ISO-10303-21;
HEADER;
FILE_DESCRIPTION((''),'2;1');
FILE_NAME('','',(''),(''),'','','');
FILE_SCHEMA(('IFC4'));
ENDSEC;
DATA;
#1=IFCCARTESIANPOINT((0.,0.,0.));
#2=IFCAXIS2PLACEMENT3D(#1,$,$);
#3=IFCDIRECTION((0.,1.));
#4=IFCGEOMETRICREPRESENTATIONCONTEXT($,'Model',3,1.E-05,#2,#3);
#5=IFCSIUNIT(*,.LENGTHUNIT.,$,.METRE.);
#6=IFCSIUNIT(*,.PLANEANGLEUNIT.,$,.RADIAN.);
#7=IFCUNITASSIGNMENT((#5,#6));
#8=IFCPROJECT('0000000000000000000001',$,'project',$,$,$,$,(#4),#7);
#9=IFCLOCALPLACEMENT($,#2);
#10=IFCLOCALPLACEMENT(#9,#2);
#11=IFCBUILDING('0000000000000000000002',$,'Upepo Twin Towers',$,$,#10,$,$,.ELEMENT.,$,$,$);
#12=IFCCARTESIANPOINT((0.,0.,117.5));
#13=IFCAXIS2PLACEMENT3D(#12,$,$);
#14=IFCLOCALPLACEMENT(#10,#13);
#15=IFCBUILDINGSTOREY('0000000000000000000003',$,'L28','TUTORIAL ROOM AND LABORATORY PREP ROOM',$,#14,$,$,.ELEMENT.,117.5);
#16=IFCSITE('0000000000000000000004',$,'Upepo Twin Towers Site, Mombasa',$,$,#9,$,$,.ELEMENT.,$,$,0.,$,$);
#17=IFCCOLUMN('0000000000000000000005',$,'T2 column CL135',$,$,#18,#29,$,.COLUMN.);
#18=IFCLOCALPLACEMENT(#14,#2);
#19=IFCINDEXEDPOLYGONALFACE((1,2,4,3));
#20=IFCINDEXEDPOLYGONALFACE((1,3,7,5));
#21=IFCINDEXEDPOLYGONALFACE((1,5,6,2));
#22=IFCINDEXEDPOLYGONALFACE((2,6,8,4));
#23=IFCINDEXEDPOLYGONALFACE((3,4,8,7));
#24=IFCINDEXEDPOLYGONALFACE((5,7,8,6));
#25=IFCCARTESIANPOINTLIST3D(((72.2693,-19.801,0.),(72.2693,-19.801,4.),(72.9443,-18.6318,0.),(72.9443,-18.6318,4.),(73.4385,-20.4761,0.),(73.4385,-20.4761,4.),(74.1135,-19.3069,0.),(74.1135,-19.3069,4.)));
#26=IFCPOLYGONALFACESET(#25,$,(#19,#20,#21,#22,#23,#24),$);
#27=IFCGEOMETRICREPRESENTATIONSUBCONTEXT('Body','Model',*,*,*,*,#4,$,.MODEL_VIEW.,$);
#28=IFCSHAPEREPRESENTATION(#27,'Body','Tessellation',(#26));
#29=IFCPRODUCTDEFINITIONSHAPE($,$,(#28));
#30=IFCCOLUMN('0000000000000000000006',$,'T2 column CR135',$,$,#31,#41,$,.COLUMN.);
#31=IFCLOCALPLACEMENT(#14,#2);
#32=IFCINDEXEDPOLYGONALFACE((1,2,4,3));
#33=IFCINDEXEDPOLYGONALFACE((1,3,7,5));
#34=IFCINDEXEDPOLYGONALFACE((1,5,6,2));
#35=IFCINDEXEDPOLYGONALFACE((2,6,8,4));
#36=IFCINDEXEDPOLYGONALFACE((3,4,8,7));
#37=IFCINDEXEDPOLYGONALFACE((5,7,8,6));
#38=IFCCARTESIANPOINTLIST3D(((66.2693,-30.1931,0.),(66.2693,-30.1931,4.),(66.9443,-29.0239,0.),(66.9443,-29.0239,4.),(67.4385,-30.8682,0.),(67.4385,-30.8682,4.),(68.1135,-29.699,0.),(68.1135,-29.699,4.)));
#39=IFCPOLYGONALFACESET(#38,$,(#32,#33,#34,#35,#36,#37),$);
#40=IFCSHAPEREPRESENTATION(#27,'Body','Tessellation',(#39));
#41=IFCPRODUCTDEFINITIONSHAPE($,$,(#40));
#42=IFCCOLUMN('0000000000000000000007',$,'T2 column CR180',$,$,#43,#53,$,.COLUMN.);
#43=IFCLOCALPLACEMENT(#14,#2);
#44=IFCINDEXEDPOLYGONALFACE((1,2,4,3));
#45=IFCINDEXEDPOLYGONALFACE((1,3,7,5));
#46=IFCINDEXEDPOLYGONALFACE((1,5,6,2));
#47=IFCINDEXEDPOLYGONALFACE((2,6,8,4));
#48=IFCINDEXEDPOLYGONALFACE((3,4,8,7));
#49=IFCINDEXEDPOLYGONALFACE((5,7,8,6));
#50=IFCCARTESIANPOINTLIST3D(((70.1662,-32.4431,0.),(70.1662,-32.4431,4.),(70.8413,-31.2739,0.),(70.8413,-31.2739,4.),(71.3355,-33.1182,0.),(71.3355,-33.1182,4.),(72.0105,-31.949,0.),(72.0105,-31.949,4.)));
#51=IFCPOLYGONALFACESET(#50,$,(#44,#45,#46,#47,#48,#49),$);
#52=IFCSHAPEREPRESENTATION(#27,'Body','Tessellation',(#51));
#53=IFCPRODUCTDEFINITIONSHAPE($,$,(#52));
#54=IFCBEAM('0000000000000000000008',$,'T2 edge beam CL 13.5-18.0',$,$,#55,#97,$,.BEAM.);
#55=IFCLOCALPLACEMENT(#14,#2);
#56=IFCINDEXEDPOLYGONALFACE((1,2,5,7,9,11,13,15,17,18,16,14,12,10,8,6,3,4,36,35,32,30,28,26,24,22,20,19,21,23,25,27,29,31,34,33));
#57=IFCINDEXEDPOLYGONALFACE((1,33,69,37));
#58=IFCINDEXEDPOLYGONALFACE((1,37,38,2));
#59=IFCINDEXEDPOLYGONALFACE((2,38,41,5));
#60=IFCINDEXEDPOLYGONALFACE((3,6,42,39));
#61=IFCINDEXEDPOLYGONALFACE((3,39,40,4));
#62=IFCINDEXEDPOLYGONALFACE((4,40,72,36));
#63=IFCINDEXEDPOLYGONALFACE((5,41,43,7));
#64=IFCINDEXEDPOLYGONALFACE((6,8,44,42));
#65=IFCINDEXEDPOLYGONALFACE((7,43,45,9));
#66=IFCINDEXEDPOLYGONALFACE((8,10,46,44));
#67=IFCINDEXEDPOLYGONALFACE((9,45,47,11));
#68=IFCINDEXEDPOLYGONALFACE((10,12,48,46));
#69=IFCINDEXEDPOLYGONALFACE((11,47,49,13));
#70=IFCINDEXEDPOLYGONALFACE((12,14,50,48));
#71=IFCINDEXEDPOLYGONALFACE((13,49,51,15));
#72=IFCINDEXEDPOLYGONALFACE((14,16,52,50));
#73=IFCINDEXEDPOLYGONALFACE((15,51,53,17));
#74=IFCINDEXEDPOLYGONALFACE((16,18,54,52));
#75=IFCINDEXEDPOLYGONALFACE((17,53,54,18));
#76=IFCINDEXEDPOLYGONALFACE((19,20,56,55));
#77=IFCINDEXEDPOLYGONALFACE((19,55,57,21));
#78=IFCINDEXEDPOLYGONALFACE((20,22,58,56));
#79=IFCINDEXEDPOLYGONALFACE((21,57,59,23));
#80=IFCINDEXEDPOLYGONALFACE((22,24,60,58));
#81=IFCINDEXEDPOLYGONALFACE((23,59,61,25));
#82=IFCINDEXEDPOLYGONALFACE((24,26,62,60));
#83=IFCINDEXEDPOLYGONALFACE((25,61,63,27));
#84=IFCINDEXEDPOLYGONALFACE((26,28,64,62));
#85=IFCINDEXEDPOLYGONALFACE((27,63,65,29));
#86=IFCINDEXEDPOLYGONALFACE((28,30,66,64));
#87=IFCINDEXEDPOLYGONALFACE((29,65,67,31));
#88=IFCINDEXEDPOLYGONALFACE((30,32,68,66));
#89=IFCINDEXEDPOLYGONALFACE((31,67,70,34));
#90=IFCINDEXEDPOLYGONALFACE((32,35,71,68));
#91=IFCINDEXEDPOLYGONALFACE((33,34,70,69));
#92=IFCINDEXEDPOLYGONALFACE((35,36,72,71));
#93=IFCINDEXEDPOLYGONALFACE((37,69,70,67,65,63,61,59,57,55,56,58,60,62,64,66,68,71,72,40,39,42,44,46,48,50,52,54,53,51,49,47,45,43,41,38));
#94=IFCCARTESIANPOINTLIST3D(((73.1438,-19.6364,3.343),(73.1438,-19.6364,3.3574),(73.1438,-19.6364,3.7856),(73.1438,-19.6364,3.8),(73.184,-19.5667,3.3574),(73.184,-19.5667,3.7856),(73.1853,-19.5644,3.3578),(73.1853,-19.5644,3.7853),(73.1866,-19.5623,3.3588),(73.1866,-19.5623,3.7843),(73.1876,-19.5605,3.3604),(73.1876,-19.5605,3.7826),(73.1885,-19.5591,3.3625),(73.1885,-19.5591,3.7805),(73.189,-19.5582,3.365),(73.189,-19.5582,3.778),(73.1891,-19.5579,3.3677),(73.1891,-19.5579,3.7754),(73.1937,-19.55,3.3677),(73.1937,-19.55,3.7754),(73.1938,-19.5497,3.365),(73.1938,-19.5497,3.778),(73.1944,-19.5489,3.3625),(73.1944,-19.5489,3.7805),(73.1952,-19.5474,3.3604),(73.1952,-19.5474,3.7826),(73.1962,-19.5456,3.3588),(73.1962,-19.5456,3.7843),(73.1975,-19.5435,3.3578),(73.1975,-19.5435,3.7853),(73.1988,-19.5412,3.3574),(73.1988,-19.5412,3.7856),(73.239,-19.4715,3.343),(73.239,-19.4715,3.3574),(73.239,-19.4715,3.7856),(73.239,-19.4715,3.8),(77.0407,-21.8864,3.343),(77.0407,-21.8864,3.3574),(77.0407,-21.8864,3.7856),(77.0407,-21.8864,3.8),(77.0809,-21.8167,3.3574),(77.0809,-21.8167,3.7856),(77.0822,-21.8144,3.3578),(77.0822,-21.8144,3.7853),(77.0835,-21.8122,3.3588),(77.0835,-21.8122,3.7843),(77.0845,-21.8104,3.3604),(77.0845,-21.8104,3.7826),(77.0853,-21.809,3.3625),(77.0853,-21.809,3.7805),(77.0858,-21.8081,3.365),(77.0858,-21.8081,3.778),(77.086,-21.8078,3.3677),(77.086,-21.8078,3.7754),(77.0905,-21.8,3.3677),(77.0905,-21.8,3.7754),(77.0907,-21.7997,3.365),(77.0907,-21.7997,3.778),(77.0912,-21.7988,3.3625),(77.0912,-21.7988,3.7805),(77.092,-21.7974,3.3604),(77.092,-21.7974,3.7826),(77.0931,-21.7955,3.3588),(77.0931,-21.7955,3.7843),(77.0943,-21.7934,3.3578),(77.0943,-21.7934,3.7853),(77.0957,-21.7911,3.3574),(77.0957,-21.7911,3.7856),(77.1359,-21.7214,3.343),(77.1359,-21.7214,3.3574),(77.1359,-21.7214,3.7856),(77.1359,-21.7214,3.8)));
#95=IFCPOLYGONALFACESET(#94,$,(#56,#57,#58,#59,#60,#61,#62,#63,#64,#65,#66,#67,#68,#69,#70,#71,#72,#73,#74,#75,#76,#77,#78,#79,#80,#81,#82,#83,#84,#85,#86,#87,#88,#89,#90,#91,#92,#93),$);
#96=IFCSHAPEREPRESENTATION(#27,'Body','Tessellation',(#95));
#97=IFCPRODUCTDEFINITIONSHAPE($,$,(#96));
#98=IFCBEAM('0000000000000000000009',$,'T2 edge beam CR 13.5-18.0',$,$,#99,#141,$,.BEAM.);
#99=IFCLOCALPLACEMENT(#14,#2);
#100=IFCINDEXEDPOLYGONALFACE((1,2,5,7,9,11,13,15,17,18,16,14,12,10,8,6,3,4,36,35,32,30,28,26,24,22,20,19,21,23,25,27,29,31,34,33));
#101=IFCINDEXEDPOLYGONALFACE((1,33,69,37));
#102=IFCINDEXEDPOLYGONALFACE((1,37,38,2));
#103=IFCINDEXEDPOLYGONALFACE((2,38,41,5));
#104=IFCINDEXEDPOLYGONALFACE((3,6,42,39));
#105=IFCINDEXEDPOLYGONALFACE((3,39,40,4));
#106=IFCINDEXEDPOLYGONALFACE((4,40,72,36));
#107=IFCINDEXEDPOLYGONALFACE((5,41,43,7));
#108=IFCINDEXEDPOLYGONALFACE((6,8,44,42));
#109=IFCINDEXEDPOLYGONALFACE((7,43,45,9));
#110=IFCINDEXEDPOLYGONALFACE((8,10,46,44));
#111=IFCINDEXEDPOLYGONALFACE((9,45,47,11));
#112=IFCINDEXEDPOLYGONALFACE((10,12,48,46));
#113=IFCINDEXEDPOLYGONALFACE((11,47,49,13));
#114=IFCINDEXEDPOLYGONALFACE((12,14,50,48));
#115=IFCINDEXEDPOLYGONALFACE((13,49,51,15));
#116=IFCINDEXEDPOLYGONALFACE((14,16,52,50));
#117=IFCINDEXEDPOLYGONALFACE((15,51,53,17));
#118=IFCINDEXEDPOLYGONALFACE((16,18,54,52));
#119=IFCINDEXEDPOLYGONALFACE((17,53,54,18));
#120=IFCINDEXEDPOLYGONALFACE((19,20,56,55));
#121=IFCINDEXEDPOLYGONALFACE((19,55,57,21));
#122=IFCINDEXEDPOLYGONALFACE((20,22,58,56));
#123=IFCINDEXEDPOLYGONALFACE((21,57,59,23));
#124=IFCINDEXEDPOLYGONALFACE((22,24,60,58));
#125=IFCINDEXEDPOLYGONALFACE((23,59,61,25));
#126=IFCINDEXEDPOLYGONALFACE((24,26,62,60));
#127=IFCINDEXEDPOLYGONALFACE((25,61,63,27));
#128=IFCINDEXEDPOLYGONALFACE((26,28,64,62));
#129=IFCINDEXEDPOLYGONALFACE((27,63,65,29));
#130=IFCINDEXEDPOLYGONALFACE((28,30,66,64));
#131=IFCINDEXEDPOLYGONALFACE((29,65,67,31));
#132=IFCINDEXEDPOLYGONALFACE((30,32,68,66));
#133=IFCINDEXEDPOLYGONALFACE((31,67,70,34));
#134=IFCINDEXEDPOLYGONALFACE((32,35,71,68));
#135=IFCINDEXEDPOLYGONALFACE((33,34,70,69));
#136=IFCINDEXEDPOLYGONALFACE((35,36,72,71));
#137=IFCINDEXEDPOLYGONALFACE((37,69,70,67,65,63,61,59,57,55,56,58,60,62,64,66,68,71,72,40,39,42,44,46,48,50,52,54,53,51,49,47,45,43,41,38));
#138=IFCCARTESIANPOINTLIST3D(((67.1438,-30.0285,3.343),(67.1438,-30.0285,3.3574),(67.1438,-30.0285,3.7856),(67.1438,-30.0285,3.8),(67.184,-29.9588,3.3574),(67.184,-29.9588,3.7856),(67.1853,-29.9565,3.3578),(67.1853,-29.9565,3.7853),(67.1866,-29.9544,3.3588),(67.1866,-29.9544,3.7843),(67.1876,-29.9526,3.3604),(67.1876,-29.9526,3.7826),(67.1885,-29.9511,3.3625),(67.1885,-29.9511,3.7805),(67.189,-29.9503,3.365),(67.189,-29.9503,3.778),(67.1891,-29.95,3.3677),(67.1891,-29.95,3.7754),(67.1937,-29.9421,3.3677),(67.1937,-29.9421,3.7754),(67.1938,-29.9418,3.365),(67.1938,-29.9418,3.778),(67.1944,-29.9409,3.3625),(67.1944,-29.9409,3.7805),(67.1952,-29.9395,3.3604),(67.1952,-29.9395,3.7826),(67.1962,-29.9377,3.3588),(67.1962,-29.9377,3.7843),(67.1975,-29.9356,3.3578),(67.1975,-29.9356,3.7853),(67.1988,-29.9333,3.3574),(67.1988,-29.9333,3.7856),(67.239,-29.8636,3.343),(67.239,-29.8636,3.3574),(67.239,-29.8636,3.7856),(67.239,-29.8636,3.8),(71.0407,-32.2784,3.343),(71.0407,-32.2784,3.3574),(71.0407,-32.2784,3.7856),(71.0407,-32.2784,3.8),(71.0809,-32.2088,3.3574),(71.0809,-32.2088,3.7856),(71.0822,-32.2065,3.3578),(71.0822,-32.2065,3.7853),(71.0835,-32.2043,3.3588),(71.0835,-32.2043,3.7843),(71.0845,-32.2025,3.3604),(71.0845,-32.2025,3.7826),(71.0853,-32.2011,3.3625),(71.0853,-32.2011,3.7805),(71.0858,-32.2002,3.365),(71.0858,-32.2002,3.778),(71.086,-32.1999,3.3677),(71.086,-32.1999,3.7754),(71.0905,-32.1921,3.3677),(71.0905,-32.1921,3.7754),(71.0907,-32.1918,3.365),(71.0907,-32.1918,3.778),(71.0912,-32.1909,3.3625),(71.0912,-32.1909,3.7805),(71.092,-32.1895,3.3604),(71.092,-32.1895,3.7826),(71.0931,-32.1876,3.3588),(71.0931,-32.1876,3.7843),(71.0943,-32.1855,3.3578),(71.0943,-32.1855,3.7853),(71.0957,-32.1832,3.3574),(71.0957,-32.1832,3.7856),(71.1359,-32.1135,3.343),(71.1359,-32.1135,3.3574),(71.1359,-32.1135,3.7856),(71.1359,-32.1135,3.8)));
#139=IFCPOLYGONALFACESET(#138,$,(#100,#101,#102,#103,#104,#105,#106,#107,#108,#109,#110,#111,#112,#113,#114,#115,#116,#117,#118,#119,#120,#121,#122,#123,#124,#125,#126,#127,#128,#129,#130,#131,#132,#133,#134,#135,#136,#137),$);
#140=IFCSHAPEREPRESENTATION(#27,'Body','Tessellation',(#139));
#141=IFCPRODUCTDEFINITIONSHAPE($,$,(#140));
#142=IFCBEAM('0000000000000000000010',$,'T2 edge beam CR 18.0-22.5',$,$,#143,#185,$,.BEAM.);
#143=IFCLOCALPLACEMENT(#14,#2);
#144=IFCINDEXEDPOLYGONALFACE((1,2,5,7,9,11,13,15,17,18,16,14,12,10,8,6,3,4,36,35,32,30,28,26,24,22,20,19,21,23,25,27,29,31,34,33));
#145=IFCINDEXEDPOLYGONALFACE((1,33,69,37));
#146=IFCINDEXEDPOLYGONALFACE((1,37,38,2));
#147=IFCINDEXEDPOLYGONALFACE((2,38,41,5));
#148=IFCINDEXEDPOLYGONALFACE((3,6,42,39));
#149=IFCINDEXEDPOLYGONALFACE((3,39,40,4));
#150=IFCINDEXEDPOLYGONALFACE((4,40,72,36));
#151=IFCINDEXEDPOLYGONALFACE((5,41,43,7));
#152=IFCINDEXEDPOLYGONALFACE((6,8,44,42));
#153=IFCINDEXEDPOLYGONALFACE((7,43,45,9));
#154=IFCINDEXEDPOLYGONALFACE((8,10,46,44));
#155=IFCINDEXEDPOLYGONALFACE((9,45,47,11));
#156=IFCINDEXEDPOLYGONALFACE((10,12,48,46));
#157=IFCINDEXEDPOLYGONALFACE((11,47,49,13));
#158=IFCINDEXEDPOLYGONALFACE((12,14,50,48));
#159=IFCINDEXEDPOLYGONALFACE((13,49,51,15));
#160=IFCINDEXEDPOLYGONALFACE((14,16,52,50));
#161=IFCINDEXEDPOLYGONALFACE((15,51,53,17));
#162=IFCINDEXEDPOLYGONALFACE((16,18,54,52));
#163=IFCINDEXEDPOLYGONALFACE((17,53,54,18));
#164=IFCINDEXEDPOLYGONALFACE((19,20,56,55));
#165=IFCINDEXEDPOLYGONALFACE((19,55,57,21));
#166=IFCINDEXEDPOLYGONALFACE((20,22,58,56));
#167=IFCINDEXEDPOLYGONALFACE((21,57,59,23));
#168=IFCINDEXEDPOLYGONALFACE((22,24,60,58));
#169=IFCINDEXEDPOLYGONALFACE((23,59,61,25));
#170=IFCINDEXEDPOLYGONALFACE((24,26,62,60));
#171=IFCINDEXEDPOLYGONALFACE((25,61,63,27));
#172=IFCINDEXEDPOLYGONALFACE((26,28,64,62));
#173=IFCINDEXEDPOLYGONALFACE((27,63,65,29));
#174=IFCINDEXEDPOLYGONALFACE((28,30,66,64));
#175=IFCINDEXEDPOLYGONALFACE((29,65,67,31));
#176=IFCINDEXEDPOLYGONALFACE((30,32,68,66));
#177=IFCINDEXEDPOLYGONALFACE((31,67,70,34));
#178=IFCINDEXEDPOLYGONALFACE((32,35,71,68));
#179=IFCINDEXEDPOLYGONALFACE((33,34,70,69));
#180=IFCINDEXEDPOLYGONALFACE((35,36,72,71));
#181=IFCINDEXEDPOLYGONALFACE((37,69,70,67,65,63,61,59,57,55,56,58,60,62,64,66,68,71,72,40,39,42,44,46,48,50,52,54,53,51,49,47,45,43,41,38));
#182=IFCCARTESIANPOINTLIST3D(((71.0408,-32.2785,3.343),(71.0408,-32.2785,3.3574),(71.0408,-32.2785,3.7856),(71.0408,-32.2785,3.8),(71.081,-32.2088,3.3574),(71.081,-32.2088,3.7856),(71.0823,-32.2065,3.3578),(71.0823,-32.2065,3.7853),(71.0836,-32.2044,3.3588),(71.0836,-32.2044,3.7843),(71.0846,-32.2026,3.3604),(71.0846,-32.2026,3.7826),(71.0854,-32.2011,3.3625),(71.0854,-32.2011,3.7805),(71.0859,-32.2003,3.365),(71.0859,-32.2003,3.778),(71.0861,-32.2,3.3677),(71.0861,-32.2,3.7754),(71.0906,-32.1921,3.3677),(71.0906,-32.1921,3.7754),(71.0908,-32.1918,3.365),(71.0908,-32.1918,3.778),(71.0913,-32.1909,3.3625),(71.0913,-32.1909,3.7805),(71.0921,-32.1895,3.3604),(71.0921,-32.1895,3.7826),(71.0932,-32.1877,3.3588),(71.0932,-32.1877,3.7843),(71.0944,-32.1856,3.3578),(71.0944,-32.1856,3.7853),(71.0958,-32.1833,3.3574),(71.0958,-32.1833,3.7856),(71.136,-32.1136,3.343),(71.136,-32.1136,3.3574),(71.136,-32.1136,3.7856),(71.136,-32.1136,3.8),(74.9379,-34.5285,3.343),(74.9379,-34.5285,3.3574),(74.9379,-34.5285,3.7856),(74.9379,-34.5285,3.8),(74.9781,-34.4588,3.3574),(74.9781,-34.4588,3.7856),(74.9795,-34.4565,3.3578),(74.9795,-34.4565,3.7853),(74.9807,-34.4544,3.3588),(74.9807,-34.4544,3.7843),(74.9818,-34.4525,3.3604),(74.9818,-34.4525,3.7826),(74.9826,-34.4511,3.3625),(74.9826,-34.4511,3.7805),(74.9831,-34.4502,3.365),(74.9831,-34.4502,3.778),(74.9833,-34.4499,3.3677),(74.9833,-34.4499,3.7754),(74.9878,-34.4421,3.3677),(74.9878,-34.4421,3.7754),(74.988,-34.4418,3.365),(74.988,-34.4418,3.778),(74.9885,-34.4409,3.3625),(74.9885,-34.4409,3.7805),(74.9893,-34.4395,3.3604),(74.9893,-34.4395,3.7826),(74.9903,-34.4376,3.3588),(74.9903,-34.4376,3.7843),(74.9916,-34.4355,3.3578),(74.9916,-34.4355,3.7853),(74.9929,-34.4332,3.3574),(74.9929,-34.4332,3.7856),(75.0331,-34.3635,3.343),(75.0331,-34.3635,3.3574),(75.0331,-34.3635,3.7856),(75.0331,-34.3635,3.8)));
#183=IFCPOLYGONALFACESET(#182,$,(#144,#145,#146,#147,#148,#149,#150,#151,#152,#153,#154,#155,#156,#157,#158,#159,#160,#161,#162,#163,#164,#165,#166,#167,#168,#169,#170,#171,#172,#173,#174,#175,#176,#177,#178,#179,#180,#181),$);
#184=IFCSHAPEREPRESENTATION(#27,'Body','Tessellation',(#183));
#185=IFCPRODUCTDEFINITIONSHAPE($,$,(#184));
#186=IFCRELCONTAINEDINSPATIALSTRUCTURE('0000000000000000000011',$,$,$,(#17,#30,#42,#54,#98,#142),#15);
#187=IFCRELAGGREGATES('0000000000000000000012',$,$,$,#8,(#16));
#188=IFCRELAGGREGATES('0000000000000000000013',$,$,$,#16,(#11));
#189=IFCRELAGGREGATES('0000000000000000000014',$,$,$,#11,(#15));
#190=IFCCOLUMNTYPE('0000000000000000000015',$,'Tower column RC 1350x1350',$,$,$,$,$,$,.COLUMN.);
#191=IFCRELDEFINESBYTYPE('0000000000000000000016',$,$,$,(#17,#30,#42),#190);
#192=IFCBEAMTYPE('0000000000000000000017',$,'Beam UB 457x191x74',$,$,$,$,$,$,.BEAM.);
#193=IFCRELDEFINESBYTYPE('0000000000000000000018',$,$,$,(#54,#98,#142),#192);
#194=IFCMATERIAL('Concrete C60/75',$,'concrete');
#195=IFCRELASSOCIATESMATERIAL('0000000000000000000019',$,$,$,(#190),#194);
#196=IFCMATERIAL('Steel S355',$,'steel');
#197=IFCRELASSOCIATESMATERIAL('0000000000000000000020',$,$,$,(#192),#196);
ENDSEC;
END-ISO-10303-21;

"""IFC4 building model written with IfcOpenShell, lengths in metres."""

from ifc_helpers import new_model, si_unit, direction, frame, origin, origin_2d, place, context, subcontext, project, spatial, rectangle, i_section, extrude, material, material_profile, profile_set, type_object, element, save


model = new_model("IFC4")

# Units and contexts
model_context = context("Model", 3, precision=1e-05, world=origin(), true_north=direction((0.0, 1.0)))
body_context = subcontext(model_context, "Body", "Model", "MODEL_VIEW")
ifc_project = project(units=[si_unit("LENGTHUNIT", "METRE"), si_unit("PLANEANGLEUNIT", "RADIAN")], contexts=[model_context])

# Site, building, storey
site_placement = place(None, origin())
site = spatial("IfcSite", under=ifc_project, at=site_placement, Name="Upepo Twin Towers Site, Mombasa", CompositionType="ELEMENT", RefElevation=0.0)
building_placement = place(site_placement, origin())
building = spatial("IfcBuilding", under=site, at=building_placement, Name="Upepo Twin Towers", CompositionType="ELEMENT")
storey_placement = place(building_placement, frame((0.0, 0.0, 117.5)))
storey = spatial("IfcBuildingStorey", under=building, at=storey_placement, Name="L28", Description="TUTORIAL ROOM AND LABORATORY PREP ROOM", CompositionType="ELEMENT", Elevation=117.5)

# Columns
ifc_material_1 = material(Name="Concrete C60/75", Category="concrete")
ifc_material_profile_1 = material_profile(ifc_material_1, rectangle(XDim=1.3501, YDim=1.3501, at=origin_2d()), Name="RC 1350x1350")
ifc_profile_set_1 = profile_set([ifc_material_profile_1], Name="Concrete C60/75")
column_type = type_object("IfcColumnType", Name="Tower column RC 1350x1350", PredefinedType="COLUMN", material=ifc_profile_set_1)
for number, where, z_axis, x_axis, name in (
    (1, (73.1914, -19.554, 0.0), (0.0, 0.0, 1.0), (0.5, 0.866025, 0.0), "T2 column CL135"),
    (2, (67.1914, -29.946, 0.0), (0.0, 0.0, 1.0), (0.5, 0.866025, 0.0), "T2 column CR135"),
    (3, (71.0884, -32.196, 0.0), (0.0, 0.0, 1.0), (0.5, 0.866025, 0.0), "T2 column CR180"),
):
    element("IfcColumn", number, at=place(storey_placement, frame(where, z_axis=z_axis, x_axis=x_axis)), inside=storey, type_object=column_type, Name=name, PredefinedType="COLUMN", context=body_context, shape_type="SweptSolid", body=[
        extrude(rectangle(XDim=1.3501, YDim=1.3501, at=origin_2d()), origin(), (0.0, 0.0, 1.0), 4.0),
    ])

# Beams
ifc_material_2 = material(Name="Steel S355", Category="steel")
ifc_material_profile_2 = material_profile(ifc_material_2, i_section(OverallWidth=0.1904, OverallDepth=0.457, WebThickness=0.009, FlangeThickness=0.0144, FilletRadius=0.0103, at=origin_2d()), Name="UB 457x191x74")
ifc_profile_set_2 = profile_set([ifc_material_profile_2], Name="Steel S355")
beam_type_1 = type_object("IfcBeamType", Name="Beam UB 457x191x74", PredefinedType="BEAM", material=ifc_profile_set_2)
for number, where, z_axis, x_axis, name in (
    (4, (73.1914, -19.554, 3.5715), (0.866018, -0.500014, 0.0), (0.500014, 0.866018, 0.0), "T2 edge beam CL 13.5-18.0"),
    (5, (67.1914, -29.946, 3.5715), (0.866018, -0.500014, 0.0), (0.500014, 0.866018, 0.0), "T2 edge beam CR 13.5-18.0"),
):
    element("IfcBeam", number, at=place(storey_placement, frame(where, z_axis=z_axis, x_axis=x_axis)), inside=storey, type_object=beam_type_1, Name=name, PredefinedType="BEAM", context=body_context, shape_type="SweptSolid", body=[
        extrude(i_section(OverallWidth=0.1904, OverallDepth=0.457, WebThickness=0.009, FlangeThickness=0.0144, FilletRadius=0.0103, at=origin_2d()), origin(), (0.0, 0.0, 1.0), 4.4998),
    ])
beam_placement = place(storey_placement, frame((71.0884, -32.196, 3.5715), z_axis=(0.866031, -0.49999, 0.0), x_axis=(0.49999, 0.866031, 0.0)))
element("IfcBeam", 6, at=beam_placement, inside=storey, type_object=beam_type_1, Name="T2 edge beam CR 18.0-22.5", PredefinedType="BEAM", context=body_context, shape_type="SweptSolid", body=[
    extrude(i_section(OverallWidth=0.1904, OverallDepth=0.457, WebThickness=0.009, FlangeThickness=0.0144, FilletRadius=0.0103, at=origin_2d()), origin(), (0.0, 0.0, 1.0), 4.5),
])

save(model, "model.ifc")
